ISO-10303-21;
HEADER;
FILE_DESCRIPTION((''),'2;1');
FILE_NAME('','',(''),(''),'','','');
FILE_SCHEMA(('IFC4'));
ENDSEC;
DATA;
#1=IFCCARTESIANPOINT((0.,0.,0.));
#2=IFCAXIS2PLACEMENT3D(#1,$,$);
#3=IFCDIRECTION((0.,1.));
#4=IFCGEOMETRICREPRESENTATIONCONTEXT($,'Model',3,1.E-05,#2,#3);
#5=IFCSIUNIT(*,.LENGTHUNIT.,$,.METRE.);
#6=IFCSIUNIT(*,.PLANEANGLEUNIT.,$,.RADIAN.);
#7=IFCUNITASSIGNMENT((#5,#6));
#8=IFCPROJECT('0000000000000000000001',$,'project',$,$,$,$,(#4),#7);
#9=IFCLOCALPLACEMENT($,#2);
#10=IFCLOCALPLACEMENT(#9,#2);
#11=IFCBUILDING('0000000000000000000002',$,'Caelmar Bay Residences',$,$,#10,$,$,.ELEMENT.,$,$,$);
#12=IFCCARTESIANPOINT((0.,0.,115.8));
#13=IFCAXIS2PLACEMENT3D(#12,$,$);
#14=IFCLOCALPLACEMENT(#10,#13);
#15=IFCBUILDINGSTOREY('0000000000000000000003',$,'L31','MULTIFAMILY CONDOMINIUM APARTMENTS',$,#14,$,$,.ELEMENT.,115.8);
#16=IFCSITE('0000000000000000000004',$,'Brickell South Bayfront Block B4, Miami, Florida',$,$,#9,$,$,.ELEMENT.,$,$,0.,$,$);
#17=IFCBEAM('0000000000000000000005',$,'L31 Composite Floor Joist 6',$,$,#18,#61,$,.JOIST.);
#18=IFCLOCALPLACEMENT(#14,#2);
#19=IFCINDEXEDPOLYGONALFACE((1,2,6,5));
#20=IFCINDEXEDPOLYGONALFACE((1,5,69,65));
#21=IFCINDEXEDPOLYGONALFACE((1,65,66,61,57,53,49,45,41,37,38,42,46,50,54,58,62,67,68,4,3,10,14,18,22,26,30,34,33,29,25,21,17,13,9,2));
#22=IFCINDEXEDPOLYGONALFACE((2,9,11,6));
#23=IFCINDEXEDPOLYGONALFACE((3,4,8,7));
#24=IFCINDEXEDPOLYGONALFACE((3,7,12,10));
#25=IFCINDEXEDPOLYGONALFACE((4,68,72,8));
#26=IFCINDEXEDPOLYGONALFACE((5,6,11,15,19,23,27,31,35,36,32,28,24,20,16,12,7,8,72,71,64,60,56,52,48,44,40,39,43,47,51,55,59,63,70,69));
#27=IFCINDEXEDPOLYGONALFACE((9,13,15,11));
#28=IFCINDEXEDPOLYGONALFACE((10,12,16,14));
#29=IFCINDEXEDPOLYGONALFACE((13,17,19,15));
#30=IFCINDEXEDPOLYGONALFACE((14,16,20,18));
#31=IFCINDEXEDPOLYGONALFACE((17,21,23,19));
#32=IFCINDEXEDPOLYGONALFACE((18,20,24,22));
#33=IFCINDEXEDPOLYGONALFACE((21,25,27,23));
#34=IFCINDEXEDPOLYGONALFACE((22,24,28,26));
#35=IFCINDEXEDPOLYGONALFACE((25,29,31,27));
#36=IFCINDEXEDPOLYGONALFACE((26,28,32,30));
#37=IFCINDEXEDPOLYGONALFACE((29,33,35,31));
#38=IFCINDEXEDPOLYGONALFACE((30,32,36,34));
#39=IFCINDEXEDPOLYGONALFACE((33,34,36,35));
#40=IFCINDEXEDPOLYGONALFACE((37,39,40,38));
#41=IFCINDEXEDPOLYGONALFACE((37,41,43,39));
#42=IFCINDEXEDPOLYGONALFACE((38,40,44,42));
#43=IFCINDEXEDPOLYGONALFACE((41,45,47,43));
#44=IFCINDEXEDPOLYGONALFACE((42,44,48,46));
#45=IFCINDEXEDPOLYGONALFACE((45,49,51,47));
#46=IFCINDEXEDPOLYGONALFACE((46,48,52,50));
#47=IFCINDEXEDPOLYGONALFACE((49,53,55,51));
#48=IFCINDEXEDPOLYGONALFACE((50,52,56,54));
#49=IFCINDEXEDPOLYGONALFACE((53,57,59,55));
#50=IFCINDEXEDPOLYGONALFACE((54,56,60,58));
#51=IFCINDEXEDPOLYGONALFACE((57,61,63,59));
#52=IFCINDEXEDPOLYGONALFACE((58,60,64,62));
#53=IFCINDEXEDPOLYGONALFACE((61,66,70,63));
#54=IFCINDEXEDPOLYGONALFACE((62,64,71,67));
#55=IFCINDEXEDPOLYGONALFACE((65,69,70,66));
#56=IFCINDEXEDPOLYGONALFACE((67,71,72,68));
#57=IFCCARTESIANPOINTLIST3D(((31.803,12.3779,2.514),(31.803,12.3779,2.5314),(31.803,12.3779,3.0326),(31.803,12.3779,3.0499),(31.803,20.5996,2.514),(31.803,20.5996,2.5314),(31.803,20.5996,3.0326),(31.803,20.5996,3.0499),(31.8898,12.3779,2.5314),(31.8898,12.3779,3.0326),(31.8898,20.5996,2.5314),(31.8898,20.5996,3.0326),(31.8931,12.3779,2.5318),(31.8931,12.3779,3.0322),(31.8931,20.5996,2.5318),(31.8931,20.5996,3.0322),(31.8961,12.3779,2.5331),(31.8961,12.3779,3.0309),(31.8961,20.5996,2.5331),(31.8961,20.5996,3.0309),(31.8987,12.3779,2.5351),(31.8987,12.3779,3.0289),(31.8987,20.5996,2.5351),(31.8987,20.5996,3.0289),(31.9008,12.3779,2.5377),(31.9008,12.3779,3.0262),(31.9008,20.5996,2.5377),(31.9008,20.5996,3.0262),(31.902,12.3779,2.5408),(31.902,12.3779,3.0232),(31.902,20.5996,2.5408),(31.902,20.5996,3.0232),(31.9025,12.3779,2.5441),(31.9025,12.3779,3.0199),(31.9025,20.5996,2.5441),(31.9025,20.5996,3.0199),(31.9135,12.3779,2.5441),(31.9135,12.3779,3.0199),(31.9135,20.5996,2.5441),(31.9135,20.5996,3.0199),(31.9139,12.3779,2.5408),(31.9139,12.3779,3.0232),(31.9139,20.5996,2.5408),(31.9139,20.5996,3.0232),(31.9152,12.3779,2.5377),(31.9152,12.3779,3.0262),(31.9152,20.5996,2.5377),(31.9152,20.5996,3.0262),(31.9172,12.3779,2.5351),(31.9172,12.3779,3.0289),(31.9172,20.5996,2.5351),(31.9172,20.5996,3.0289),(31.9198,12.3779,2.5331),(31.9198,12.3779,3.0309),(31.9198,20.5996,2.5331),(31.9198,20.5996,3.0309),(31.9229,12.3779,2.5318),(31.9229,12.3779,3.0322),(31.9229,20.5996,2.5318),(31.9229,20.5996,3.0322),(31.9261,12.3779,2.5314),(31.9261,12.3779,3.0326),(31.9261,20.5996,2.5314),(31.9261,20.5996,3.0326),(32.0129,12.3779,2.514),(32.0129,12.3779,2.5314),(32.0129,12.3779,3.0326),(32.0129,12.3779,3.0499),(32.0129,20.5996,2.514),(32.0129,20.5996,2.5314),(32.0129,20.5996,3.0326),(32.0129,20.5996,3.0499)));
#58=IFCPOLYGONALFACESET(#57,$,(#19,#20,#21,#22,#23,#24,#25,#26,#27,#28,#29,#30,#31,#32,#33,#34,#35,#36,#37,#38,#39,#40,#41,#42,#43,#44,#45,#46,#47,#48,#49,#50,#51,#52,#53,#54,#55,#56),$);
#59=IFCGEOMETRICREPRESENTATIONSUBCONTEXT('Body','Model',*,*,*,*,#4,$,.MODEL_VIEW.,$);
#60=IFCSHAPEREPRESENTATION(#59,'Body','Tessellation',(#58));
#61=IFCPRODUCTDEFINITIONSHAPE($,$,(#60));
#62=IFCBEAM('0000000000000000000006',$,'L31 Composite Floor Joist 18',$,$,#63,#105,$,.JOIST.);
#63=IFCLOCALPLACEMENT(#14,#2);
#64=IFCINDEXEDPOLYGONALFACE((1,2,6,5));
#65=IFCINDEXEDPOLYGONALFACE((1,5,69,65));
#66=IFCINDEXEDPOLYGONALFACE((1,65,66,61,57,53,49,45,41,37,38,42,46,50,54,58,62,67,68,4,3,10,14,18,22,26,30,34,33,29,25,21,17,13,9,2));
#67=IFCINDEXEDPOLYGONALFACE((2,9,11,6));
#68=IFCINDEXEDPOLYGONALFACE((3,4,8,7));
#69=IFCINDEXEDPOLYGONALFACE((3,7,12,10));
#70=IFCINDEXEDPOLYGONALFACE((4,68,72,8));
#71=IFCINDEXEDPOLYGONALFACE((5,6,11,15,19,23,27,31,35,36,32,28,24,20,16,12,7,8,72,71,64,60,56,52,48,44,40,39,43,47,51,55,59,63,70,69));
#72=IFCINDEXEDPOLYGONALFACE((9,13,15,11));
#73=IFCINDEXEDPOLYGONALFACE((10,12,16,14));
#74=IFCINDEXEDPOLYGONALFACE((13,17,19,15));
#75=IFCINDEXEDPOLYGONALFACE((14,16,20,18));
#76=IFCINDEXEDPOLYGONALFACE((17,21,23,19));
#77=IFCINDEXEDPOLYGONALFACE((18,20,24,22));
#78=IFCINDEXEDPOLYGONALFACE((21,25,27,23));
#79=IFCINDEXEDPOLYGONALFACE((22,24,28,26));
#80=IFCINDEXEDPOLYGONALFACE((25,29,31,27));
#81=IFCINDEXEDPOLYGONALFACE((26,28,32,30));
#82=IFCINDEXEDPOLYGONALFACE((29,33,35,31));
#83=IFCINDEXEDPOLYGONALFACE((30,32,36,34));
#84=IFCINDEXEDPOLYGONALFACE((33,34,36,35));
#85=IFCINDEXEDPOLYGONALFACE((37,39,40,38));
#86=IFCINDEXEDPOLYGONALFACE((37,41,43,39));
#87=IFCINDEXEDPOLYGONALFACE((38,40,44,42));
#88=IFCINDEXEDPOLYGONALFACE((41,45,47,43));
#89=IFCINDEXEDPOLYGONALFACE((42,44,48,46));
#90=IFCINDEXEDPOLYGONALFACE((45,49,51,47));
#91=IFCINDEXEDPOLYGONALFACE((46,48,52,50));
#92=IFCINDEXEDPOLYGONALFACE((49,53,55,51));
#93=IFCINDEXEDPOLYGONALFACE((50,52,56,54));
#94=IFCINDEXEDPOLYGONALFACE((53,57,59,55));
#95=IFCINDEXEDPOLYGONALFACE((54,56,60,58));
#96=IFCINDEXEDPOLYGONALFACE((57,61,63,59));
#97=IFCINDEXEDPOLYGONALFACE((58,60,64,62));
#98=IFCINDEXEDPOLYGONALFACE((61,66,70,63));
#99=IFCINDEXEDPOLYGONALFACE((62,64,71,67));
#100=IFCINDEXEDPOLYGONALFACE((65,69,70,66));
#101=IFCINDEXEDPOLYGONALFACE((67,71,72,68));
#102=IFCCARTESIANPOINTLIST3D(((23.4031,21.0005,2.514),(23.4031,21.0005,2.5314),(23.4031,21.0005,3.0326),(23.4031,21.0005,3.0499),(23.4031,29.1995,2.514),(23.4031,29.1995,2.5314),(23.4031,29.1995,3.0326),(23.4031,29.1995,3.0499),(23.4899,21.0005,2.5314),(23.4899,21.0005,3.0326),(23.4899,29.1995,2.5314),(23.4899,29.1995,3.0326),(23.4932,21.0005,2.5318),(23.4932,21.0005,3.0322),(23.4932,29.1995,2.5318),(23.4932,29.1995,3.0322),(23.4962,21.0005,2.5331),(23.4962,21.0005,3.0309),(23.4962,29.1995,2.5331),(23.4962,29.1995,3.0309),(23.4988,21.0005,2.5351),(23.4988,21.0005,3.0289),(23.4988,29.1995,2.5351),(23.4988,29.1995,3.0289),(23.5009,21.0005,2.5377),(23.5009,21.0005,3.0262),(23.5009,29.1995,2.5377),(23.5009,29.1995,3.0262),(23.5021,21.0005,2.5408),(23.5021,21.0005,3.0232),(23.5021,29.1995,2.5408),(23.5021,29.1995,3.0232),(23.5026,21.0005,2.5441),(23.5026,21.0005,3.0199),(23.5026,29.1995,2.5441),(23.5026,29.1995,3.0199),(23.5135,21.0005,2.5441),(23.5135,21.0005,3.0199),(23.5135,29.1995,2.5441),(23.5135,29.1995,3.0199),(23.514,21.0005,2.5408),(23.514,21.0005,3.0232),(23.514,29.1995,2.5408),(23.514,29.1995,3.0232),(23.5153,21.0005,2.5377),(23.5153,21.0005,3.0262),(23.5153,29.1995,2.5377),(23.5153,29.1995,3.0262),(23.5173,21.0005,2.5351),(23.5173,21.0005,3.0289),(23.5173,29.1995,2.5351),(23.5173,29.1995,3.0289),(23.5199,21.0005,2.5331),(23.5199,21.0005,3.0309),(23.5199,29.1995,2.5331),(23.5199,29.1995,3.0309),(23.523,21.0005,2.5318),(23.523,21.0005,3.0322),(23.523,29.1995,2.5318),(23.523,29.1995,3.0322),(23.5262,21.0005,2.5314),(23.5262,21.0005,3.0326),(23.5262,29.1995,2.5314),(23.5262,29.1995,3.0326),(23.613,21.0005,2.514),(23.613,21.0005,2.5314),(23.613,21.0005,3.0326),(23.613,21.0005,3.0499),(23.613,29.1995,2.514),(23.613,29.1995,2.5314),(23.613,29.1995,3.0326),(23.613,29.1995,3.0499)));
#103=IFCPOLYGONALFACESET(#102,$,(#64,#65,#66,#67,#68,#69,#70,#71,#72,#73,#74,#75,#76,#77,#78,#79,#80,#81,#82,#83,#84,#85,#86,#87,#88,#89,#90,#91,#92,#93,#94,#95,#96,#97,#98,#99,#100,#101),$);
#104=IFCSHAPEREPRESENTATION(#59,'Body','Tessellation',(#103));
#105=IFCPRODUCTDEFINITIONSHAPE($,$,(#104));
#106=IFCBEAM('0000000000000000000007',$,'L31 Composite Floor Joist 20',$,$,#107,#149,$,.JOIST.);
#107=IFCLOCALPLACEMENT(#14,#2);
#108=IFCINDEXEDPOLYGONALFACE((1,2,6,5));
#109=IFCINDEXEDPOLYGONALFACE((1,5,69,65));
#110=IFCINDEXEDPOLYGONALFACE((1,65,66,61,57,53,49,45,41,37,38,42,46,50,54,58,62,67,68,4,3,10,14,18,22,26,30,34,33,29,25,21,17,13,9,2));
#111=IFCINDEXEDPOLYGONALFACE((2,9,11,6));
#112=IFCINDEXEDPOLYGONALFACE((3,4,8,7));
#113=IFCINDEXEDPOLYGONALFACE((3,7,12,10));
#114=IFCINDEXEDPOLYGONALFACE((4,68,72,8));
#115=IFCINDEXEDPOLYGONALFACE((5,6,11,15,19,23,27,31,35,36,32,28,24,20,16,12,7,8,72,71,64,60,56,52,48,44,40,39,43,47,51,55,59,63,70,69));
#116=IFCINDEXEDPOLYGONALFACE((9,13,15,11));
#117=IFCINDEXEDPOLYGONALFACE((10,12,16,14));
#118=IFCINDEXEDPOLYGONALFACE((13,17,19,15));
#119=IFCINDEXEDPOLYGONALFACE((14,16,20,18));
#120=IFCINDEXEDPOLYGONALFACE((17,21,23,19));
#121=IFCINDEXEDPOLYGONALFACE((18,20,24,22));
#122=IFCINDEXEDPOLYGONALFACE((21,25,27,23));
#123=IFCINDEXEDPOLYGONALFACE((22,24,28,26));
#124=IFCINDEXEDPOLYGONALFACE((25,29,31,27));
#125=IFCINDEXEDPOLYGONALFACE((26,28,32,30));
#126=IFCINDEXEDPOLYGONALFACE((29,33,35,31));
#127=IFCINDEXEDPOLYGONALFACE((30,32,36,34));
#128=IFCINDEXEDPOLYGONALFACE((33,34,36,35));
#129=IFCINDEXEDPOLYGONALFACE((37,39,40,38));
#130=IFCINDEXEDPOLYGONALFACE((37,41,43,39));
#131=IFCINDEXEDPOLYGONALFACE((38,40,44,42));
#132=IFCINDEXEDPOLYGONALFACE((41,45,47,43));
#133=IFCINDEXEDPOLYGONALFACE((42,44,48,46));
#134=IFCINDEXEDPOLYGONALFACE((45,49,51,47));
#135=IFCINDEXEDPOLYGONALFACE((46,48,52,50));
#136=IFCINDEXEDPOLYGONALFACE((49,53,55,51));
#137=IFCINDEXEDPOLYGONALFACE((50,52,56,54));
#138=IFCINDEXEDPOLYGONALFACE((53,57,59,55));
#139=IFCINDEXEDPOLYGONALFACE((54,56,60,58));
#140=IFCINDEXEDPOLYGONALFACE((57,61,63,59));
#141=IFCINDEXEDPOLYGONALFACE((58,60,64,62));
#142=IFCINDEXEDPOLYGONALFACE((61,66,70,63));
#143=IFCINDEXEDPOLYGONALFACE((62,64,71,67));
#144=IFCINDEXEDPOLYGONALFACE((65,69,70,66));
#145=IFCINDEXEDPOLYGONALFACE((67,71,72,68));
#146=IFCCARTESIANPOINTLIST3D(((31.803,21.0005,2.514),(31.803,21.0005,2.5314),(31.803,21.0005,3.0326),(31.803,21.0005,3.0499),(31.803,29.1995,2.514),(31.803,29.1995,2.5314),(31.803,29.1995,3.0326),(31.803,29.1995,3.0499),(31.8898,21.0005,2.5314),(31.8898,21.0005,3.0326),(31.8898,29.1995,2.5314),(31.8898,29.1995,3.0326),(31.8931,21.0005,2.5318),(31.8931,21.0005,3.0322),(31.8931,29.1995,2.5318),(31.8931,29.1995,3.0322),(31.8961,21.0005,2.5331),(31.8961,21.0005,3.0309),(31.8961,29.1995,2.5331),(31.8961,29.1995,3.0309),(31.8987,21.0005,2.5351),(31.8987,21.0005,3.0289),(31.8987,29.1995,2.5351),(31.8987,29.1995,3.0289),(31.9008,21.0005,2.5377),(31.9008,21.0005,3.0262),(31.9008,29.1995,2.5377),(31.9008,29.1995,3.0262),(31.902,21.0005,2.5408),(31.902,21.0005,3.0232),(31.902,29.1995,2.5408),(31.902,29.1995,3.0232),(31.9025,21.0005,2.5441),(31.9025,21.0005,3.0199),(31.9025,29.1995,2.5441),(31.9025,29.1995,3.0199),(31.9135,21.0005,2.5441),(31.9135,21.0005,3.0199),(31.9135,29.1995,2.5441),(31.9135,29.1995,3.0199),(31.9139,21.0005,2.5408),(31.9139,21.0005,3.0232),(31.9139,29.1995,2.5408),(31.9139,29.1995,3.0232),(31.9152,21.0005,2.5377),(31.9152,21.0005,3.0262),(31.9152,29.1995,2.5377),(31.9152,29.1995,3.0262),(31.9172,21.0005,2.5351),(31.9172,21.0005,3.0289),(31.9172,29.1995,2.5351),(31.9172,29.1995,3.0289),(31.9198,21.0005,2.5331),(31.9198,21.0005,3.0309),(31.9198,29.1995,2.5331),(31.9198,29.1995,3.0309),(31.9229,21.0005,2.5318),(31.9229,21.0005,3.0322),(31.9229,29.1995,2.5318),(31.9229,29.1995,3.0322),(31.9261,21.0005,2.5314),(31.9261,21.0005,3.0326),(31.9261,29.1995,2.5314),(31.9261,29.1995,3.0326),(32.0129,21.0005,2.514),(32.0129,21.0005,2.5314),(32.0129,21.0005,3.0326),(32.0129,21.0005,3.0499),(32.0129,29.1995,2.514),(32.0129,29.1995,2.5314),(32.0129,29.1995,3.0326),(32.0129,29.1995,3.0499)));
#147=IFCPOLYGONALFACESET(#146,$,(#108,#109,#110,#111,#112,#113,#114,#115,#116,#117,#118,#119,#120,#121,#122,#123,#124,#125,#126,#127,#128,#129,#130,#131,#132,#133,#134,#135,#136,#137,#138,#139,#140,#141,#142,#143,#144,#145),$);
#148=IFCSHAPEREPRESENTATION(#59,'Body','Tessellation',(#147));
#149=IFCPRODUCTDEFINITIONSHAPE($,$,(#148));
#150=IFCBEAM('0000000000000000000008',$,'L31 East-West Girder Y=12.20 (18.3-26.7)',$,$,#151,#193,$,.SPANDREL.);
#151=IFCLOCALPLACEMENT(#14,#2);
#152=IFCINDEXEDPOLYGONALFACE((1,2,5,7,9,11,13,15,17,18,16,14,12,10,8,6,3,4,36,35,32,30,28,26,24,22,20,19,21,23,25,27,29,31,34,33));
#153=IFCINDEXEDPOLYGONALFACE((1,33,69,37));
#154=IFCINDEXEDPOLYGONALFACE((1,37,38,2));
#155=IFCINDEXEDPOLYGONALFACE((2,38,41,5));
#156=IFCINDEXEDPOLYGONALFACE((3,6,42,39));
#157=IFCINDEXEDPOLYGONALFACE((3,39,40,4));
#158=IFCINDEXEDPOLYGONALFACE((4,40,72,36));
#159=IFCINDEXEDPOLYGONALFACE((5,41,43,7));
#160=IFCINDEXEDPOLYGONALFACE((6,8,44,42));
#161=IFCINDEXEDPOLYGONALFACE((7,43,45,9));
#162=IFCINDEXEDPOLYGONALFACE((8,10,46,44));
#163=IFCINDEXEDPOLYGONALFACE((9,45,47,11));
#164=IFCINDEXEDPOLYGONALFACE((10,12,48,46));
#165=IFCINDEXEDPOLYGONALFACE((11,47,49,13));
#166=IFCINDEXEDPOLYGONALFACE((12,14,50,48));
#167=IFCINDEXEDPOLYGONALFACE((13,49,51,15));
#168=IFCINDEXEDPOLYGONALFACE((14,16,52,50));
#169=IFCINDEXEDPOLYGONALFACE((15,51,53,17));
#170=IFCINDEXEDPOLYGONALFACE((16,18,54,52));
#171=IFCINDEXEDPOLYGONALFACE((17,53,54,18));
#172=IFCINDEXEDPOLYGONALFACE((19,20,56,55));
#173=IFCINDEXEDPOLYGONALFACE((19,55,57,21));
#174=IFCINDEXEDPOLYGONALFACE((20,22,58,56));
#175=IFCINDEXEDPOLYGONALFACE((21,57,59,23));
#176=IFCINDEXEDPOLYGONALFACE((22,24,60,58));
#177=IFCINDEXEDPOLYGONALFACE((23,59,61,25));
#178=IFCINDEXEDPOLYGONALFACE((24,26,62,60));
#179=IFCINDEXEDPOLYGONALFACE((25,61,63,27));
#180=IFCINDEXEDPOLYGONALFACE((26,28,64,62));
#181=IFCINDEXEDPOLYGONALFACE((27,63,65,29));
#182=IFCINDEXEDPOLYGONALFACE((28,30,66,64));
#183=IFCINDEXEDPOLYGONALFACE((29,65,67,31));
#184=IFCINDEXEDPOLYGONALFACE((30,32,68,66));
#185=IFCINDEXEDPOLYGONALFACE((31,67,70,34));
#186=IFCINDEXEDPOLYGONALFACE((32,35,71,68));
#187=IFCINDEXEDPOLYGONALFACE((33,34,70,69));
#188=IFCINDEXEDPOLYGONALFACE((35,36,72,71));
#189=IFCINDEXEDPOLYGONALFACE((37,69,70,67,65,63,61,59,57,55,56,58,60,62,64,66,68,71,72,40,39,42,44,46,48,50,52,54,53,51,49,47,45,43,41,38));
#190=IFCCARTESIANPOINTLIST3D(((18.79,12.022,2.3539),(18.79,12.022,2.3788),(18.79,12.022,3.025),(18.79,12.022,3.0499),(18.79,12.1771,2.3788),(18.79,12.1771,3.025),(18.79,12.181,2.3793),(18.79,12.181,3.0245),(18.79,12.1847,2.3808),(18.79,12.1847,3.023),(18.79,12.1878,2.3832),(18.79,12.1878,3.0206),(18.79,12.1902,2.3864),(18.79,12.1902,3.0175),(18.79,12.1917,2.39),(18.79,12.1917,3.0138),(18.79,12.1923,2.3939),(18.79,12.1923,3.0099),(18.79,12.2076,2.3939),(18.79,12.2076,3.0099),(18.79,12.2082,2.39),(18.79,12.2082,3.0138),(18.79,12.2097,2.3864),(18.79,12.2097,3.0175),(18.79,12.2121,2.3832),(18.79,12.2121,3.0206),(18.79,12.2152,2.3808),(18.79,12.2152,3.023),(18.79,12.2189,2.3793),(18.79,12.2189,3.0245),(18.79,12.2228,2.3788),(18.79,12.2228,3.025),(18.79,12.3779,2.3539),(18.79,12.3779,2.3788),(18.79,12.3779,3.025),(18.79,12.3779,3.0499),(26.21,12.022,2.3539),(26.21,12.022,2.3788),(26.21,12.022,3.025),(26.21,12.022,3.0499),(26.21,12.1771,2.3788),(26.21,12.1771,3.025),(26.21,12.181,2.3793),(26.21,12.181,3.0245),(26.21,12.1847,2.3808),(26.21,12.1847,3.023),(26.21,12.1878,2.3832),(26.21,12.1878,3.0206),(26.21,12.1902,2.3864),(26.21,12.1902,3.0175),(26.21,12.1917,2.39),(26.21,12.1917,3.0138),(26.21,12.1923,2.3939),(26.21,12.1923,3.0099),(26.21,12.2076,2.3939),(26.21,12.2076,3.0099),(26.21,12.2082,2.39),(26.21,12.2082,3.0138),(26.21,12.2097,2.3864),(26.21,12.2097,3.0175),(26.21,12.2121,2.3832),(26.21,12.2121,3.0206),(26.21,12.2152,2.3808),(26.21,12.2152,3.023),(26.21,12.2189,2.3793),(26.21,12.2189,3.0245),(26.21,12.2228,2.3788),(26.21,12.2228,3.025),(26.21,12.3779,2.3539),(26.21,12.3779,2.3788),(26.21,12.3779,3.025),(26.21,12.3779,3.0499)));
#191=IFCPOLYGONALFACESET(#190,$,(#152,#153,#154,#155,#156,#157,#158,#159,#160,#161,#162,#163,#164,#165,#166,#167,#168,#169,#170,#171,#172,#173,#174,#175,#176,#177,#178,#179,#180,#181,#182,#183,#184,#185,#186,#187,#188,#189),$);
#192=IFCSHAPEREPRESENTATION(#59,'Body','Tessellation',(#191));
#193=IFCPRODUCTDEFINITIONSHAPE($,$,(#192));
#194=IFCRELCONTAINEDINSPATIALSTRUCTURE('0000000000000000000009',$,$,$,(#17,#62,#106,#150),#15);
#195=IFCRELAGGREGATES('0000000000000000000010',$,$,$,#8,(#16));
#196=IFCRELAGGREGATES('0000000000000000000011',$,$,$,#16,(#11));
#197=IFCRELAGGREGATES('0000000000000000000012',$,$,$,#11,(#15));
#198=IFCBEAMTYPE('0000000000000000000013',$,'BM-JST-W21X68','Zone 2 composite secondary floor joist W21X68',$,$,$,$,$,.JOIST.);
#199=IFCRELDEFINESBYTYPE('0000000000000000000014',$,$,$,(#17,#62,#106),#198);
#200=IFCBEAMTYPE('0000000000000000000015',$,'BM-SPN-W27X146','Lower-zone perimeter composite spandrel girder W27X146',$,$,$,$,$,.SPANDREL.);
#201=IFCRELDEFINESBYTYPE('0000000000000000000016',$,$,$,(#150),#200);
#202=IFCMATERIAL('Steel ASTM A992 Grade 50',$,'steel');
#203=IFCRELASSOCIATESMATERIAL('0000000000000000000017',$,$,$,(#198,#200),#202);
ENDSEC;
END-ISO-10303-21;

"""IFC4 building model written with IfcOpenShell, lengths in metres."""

from ifc_helpers import new_model, si_unit, direction, frame, origin, origin_2d, place, context, subcontext, project, spatial, i_section, extrude, material, material_profile, profile_set, type_object, element, save


model = new_model("IFC4")

# Units and contexts
model_context = context("Model", 3, precision=1e-05, world=origin(), true_north=direction((0.0, 1.0)))
body_context = subcontext(model_context, "Body", "Model", "MODEL_VIEW")
ifc_project = project(units=[si_unit("LENGTHUNIT", "METRE"), si_unit("PLANEANGLEUNIT", "RADIAN")], contexts=[model_context])

# Site, building, storey
site_placement = place(None, origin())
site = spatial("IfcSite", under=ifc_project, at=site_placement, Name="Brickell South Bayfront Block B4, Miami, Florida", CompositionType="ELEMENT", RefElevation=0.0)
building_placement = place(site_placement, origin())
building = spatial("IfcBuilding", under=site, at=building_placement, Name="Caelmar Bay Residences", CompositionType="ELEMENT")
storey_placement = place(building_placement, frame((0.0, 0.0, 115.8)))
storey = spatial("IfcBuildingStorey", under=building, at=storey_placement, Name="L31", Description="MULTIFAMILY CONDOMINIUM APARTMENTS", CompositionType="ELEMENT", Elevation=115.8)

# Beams
ifc_material_1 = material(Name="Steel ASTM A992 Grade 50", Category="steel")
ifc_material_profile_1 = material_profile(ifc_material_1, i_section(OverallWidth=0.21, OverallDepth=0.5359, WebThickness=0.011, FlangeThickness=0.0173, FilletRadius=0.0127, at=origin_2d()), Name="W21X68")
ifc_profile_set_1 = profile_set([ifc_material_profile_1], Name="Steel ASTM A992 Grade 50")
beam_type_1 = type_object("IfcBeamType", Name="BM-JST-W21X68", Description="Zone 2 composite secondary floor joist W21X68", PredefinedType="JOIST", material=ifc_profile_set_1)
for number, where, z_axis, x_axis, name in (
    (1, (31.908, 12.3779, 2.782), (0.0, 1.0, 0.0), (-1.0, 0.0, 0.0), "L31 Composite Floor Joist 6"),
):
    element("IfcBeam", number, at=place(storey_placement, frame(where, z_axis=z_axis, x_axis=x_axis)), inside=storey, type_object=beam_type_1, Name=name, PredefinedType="JOIST", context=body_context, shape_type="SweptSolid", body=[
        extrude(i_section(OverallWidth=0.21, OverallDepth=0.5359, WebThickness=0.011, FlangeThickness=0.0173, FilletRadius=0.0127, at=origin_2d()), origin(), (0.0, 0.0, 1.0), 8.2217),
    ])
for number, where, z_axis, x_axis, name in (
    (2, (23.5081, 21.0005, 2.782), (0.0, 1.0, 0.0), (-1.0, 0.0, 0.0), "L31 Composite Floor Joist 18"),
    (3, (31.908, 21.0005, 2.782), (0.0, 1.0, 0.0), (-1.0, 0.0, 0.0), "L31 Composite Floor Joist 20"),
):
    element("IfcBeam", number, at=place(storey_placement, frame(where, z_axis=z_axis, x_axis=x_axis)), inside=storey, type_object=beam_type_1, Name=name, PredefinedType="JOIST", context=body_context, shape_type="SweptSolid", body=[
        extrude(i_section(OverallWidth=0.21, OverallDepth=0.5359, WebThickness=0.011, FlangeThickness=0.0173, FilletRadius=0.0127, at=origin_2d()), origin(), (0.0, 0.0, 1.0), 8.199),
    ])
ifc_material_profile_2 = material_profile(ifc_material_1, i_section(OverallWidth=0.356, OverallDepth=0.696, WebThickness=0.0154, FlangeThickness=0.0249, FilletRadius=0.0151, at=origin_2d()), Name="W27X146")
ifc_profile_set_2 = profile_set([ifc_material_profile_2], Name="Steel ASTM A992 Grade 50")
beam_type_2 = type_object("IfcBeamType", Name="BM-SPN-W27X146", Description="Lower-zone perimeter composite spandrel girder W27X146", PredefinedType="SPANDREL", material=ifc_profile_set_2)
beam_1_placement = place(storey_placement, frame((18.79, 12.2, 2.7019), z_axis=(1.0, 0.0, 0.0), x_axis=(0.0, 1.0, 0.0)))
element("IfcBeam", 4, at=beam_1_placement, inside=storey, type_object=beam_type_2, Name="L31 East-West Girder Y=12.20 (18.3-26.7)", PredefinedType="SPANDREL", context=body_context, shape_type="SweptSolid", body=[
    extrude(i_section(OverallWidth=0.356, OverallDepth=0.696, WebThickness=0.0154, FlangeThickness=0.0249, FilletRadius=0.0151, at=origin_2d()), origin(), (0.0, 0.0, 1.0), 7.4199),
])

save(model, "model.ifc")
